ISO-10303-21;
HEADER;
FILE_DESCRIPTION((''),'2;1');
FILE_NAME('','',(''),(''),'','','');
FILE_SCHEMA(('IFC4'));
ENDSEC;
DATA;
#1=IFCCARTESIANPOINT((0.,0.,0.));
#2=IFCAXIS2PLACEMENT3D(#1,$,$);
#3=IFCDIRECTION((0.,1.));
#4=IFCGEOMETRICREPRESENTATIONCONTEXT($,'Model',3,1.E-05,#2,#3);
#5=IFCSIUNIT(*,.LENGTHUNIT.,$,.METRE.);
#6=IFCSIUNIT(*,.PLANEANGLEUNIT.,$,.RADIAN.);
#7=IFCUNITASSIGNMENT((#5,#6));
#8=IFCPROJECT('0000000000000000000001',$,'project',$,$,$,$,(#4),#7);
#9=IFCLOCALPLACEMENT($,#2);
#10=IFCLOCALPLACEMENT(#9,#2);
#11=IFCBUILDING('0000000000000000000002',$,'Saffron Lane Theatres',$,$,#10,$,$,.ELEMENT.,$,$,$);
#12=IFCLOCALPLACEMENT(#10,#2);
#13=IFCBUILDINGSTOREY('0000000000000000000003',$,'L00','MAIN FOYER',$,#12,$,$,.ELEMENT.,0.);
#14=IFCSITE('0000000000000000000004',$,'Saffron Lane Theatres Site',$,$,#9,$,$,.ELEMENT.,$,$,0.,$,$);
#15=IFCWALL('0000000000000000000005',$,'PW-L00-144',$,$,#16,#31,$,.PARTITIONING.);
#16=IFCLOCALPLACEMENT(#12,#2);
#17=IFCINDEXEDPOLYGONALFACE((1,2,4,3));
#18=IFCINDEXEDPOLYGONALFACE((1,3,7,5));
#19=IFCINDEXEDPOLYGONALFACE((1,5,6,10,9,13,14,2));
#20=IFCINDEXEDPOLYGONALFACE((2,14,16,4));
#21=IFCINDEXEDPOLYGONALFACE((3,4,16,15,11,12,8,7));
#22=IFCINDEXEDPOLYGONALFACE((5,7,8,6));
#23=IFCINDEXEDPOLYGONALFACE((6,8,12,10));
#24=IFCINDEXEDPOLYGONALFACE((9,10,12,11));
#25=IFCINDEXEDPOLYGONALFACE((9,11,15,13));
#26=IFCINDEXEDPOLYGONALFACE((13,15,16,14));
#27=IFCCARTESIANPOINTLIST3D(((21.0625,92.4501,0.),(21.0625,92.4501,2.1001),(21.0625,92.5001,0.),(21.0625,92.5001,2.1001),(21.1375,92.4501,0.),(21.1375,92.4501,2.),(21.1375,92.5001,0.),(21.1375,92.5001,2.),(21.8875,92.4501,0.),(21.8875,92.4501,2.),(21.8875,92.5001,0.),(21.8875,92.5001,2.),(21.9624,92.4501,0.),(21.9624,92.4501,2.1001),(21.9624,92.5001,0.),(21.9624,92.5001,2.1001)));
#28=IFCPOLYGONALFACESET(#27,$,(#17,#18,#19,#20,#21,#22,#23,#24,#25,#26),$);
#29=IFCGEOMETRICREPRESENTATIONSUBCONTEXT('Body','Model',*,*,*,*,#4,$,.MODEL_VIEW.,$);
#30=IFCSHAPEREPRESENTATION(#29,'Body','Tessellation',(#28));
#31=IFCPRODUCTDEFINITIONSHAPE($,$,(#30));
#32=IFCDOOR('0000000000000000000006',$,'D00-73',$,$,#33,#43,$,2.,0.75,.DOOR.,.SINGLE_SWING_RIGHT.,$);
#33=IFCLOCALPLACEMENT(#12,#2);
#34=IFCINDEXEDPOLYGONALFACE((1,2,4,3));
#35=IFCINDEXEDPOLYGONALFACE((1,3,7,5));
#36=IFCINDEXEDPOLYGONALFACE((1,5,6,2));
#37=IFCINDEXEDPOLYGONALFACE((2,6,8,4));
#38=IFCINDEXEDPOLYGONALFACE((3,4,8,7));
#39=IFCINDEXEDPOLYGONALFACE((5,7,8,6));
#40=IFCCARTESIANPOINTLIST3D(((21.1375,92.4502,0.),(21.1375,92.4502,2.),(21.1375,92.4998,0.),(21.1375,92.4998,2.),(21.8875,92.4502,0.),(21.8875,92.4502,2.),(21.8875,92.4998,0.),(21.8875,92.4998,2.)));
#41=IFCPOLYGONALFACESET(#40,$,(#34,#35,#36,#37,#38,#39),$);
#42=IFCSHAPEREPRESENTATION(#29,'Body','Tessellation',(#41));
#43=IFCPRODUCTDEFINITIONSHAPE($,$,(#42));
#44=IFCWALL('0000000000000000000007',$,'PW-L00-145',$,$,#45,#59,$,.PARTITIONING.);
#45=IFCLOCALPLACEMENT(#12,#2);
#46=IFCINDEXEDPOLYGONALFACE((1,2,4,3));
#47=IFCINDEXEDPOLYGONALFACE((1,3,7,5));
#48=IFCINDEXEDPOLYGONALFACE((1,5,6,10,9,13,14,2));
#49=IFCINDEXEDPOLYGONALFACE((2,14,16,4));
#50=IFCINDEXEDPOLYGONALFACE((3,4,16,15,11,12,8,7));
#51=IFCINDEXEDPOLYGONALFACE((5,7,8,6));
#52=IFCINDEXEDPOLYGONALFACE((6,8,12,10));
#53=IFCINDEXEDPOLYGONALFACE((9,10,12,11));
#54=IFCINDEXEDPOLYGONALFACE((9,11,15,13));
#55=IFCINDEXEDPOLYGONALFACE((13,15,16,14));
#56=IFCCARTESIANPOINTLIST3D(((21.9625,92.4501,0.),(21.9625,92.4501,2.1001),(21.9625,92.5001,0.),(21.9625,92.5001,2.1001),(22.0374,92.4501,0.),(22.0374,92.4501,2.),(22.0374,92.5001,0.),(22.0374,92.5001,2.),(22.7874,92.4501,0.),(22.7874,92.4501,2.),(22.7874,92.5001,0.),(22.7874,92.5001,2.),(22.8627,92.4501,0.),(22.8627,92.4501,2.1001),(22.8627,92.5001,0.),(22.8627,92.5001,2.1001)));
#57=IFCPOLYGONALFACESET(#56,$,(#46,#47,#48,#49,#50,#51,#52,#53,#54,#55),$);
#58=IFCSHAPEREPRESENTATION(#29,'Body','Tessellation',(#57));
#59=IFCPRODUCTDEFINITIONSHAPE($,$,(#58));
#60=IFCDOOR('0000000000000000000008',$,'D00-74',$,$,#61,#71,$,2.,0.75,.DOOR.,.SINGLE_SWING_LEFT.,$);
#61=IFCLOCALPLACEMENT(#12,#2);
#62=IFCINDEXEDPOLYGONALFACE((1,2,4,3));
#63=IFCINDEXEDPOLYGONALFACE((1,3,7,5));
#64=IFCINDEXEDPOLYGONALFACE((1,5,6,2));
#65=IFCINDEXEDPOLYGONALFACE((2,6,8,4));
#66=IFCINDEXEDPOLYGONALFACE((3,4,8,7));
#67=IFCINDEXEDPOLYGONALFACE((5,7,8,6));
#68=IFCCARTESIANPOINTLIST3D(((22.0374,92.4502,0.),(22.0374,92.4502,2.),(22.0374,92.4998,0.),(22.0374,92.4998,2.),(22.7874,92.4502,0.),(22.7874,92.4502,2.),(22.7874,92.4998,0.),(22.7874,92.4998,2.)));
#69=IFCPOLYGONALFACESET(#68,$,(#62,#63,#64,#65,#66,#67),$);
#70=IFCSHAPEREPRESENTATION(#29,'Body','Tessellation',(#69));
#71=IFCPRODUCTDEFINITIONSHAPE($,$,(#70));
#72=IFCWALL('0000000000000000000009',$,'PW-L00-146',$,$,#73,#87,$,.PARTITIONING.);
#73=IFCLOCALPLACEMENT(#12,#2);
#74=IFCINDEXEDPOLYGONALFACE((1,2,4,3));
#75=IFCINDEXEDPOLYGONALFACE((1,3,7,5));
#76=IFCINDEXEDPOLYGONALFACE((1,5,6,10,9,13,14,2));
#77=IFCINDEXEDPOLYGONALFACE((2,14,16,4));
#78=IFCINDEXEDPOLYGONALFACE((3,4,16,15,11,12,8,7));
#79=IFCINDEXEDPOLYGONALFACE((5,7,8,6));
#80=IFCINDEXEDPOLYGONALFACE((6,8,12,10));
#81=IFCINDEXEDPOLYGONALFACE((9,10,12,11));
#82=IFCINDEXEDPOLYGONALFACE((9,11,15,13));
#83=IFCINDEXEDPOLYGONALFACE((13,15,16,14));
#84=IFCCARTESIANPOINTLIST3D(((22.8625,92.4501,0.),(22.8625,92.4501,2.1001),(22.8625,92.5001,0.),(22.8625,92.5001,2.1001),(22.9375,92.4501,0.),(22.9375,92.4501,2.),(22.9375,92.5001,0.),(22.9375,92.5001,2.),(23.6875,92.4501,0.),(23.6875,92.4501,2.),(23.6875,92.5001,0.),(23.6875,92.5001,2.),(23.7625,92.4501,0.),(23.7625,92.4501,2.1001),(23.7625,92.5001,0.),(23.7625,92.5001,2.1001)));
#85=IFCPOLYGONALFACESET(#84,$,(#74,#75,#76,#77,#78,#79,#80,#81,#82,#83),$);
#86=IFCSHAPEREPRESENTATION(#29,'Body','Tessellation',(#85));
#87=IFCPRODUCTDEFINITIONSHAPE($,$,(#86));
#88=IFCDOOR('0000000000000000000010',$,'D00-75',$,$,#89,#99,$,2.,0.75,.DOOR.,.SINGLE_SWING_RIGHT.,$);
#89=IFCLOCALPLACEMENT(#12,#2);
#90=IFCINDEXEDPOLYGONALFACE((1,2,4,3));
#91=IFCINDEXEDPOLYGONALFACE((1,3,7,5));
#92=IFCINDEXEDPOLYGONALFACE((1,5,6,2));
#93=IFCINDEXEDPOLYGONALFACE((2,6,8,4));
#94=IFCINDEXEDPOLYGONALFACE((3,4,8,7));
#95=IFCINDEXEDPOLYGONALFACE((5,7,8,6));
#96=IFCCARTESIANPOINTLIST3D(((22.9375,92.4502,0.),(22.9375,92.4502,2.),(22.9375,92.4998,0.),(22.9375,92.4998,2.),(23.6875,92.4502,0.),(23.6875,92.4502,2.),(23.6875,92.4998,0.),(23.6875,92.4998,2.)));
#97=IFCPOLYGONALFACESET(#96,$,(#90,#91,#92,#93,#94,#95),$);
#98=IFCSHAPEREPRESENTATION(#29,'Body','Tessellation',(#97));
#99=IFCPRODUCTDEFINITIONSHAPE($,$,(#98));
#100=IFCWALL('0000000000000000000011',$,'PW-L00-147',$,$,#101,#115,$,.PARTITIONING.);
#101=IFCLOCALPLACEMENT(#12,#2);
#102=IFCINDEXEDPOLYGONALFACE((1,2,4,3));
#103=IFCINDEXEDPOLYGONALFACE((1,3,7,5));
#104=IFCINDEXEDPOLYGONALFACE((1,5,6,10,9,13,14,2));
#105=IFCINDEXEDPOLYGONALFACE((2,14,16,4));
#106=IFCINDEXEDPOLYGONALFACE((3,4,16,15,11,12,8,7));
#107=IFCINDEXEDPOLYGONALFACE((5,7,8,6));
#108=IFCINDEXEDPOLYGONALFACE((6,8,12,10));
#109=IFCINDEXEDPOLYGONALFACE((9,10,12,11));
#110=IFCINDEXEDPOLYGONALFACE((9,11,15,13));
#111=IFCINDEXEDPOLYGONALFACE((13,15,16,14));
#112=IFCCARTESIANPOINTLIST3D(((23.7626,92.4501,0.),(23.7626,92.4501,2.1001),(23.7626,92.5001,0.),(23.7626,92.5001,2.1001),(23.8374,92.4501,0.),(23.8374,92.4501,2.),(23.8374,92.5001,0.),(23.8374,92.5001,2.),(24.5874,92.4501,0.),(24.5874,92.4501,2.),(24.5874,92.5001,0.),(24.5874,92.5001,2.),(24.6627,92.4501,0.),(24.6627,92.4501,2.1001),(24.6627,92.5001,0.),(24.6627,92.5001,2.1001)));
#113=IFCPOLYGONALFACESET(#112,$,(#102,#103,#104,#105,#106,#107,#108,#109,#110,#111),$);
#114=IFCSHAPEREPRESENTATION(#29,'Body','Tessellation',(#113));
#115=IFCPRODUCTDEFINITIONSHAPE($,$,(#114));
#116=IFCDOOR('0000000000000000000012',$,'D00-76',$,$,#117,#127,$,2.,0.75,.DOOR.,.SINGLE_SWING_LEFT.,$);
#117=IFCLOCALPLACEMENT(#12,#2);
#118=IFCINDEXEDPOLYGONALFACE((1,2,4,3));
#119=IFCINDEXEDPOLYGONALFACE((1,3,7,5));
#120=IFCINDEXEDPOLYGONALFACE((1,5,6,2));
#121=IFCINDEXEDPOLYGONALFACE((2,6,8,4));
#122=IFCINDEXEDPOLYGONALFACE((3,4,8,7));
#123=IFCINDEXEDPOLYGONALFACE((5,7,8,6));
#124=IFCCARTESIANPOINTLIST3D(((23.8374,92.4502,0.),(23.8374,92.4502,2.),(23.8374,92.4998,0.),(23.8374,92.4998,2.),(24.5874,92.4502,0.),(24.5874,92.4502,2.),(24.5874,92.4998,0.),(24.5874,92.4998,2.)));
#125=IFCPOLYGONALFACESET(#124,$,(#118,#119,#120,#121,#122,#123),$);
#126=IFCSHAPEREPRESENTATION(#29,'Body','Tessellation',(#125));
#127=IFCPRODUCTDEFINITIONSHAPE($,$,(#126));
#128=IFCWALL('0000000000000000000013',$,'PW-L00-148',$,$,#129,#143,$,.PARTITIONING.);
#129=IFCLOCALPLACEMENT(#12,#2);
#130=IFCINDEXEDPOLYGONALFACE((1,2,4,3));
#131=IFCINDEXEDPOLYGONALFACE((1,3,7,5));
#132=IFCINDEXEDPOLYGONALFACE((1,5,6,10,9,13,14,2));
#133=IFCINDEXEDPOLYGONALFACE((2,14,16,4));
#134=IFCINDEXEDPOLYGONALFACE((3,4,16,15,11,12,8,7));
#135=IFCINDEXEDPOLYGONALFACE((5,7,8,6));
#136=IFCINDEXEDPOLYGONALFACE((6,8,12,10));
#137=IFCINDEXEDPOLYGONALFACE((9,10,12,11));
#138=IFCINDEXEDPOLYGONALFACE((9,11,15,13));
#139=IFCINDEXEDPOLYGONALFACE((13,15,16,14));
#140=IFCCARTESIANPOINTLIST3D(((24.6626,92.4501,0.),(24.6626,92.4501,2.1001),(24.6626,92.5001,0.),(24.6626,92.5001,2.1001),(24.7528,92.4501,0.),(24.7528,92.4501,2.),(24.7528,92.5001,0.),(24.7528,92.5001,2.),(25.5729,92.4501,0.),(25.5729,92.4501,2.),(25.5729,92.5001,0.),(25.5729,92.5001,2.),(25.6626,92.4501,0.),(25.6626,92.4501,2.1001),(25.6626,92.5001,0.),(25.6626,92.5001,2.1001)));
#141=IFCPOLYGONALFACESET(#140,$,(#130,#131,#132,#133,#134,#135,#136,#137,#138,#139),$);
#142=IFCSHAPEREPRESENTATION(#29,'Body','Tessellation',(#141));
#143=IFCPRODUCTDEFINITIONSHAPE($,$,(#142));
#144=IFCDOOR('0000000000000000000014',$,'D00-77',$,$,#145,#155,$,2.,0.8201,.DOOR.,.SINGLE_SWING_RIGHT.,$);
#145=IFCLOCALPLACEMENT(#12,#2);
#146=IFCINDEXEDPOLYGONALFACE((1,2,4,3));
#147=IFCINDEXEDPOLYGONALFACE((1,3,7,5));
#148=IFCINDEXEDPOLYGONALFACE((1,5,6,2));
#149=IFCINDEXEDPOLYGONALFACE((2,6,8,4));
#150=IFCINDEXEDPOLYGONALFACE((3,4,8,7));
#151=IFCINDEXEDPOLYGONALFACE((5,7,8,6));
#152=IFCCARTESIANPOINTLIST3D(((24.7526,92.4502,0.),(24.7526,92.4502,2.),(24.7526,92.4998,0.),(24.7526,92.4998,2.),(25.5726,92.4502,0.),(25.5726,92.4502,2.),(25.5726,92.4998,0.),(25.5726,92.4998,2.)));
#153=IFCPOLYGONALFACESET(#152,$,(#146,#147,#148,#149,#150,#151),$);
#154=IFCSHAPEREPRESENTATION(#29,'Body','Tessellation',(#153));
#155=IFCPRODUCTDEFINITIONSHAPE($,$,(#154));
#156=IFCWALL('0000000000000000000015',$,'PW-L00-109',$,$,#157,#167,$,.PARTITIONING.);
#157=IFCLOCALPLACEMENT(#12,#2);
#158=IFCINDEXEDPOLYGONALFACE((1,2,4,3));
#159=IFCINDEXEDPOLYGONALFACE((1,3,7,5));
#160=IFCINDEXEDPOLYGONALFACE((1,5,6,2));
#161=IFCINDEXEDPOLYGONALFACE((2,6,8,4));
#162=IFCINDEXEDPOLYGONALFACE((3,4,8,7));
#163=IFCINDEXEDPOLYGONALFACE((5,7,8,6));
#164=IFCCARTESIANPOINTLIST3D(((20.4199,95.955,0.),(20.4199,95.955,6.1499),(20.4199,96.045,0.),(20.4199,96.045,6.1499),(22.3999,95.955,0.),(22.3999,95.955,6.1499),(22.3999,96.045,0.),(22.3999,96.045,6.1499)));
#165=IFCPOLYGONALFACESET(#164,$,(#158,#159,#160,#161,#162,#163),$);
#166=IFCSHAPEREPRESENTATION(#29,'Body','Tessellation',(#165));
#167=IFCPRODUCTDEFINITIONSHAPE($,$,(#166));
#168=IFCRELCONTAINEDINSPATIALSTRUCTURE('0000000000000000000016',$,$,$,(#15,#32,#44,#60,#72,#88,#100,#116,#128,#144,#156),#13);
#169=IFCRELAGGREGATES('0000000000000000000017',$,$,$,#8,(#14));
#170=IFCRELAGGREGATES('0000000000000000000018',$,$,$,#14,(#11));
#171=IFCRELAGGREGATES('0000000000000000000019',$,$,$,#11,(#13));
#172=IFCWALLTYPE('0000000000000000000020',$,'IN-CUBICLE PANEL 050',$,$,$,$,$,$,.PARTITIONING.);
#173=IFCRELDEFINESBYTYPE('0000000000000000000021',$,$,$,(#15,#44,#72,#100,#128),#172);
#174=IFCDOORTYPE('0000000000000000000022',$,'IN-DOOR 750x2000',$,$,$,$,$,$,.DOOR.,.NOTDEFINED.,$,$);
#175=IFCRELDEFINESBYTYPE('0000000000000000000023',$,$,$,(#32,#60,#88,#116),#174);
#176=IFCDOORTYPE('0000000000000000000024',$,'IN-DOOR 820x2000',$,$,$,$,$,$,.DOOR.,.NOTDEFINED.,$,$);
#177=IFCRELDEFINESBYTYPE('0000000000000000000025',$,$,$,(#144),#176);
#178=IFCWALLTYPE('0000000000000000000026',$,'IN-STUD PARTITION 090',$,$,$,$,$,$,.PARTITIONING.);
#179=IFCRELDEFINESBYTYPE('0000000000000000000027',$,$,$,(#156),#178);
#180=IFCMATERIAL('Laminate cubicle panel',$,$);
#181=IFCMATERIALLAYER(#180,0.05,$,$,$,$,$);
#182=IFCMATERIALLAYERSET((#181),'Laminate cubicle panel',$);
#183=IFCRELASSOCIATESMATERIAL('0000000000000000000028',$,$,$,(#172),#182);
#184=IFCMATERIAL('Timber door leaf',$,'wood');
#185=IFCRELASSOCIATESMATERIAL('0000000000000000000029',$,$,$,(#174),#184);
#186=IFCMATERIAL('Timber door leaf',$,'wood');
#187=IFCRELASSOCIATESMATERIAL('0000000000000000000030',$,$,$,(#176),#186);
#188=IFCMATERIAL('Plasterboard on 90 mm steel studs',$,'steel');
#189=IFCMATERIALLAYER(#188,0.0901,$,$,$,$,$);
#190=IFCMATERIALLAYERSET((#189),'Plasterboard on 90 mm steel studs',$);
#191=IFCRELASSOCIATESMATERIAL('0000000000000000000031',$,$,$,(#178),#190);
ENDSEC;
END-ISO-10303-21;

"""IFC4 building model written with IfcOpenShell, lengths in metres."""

from ifc_helpers import new_model, si_unit, direction, frame, frame_2d, origin, place, context, subcontext, project, spatial, rectangle, extrude, material, layer, layer_set, type_object, element, fill, save


model = new_model("IFC4")

# Units and contexts
model_context = context("Model", 3, precision=1e-05, world=origin(), true_north=direction((0.0, 1.0)))
body_context = subcontext(model_context, "Body", "Model", "MODEL_VIEW")
ifc_project = project(units=[si_unit("LENGTHUNIT", "METRE"), si_unit("PLANEANGLEUNIT", "RADIAN")], contexts=[model_context])

# Site, building, storey
site_placement = place(None, origin())
site = spatial("IfcSite", under=ifc_project, at=site_placement, Name="Saffron Lane Theatres Site", CompositionType="ELEMENT", RefElevation=0.0)
building_placement = place(site_placement, origin())
building = spatial("IfcBuilding", under=site, at=building_placement, Name="Saffron Lane Theatres", CompositionType="ELEMENT")
storey_placement = place(building_placement, origin())
storey = spatial("IfcBuildingStorey", under=building, at=storey_placement, Name="L00", Description="MAIN FOYER", CompositionType="ELEMENT", Elevation=0.0)

# Shared definitions
ifc_material_1 = material(Name="Laminate cubicle panel")
ifc_layer_1 = layer(ifc_material_1, 0.05)
ifc_layer_set_1 = layer_set([ifc_layer_1], Name="Laminate cubicle panel")
wall_type_1 = type_object("IfcWallType", Name="IN-CUBICLE PANEL 050", PredefinedType="PARTITIONING", material=ifc_layer_set_1)

# Walls, openings, doors
ifc_material_2 = material(Name="Timber door leaf", Category="wood")
door_type_1 = type_object("IfcDoorType", Name="IN-DOOR 750x2000", OperationType="NOTDEFINED", PredefinedType="DOOR", material=ifc_material_2)
wall_1_placement = place(storey_placement, frame((21.0625, 92.4751, 0.0), z_axis=(0.0, 0.0, 1.0), x_axis=(1.0, 0.0, 0.0)))
wall_1 = element("IfcWall", 1, at=wall_1_placement, inside=storey, type_object=wall_type_1, Name="PW-L00-144", PredefinedType="PARTITIONING", context=body_context, shape_type="SweptSolid", body=[
    extrude(rectangle(XDim=0.8999, YDim=0.05, at=frame_2d((0.45, 0.0))), origin(), (0.0, 0.0, 1.0), 2.1001),
])
opening_1_placement = place(wall_1_placement, frame((0.075, 0.0, 0.0)))
opening_1 = element("IfcOpeningElement", 2, at=opening_1_placement, cuts=wall_1, PredefinedType="OPENING", context=body_context, shape_type="SweptSolid", body=[
    extrude(rectangle(XDim=0.75, YDim=2.0, at=frame_2d((0.375, 1.0))), frame((0.0, 0.0352, 0.0), z_axis=(0.0, -1.0, 0.0), x_axis=(1.0, 0.0, 0.0)), (0.0, 0.0, 1.0), 0.0701),
])
door_1_placement = place(opening_1_placement, frame((0.75, 0.0, 0.0), z_axis=(0.0, 0.0, 1.0), x_axis=(-1.0, 0.0, 0.0)))
door_1 = element("IfcDoor", 3, at=door_1_placement, inside=storey, type_object=door_type_1, Name="D00-73", OperationType="SINGLE_SWING_RIGHT", OverallHeight=2.0, OverallWidth=0.75, PredefinedType="DOOR", context=body_context, shape_type="SweptSolid", body=[
    extrude(rectangle(XDim=0.75, YDim=2.0, at=frame_2d((0.375, 1.0))), frame((0.0, 0.0249, 0.0), z_axis=(0.0, -1.0, 0.0), x_axis=(1.0, 0.0, 0.0)), (0.0, 0.0, 1.0), 0.0496),
])
fill(opening_1, door_1)
wall_2_placement = place(storey_placement, frame((21.9624, 92.4751, 0.0), z_axis=(0.0, 0.0, 1.0), x_axis=(1.0, 0.0, 0.0)))
wall_2 = element("IfcWall", 4, at=wall_2_placement, inside=storey, type_object=wall_type_1, Name="PW-L00-145", PredefinedType="PARTITIONING", context=body_context, shape_type="SweptSolid", body=[
    extrude(rectangle(XDim=0.9001, YDim=0.05, at=frame_2d((0.4502, 0.0))), origin(), (0.0, 0.0, 1.0), 2.1001),
])
opening_2_placement = place(wall_2_placement, frame((0.075, 0.0, 0.0)))
opening_2 = element("IfcOpeningElement", 5, at=opening_2_placement, cuts=wall_2, PredefinedType="OPENING", context=body_context, shape_type="SweptSolid", body=[
    extrude(rectangle(XDim=0.75, YDim=2.0, at=frame_2d((0.375, 1.0))), frame((0.0, 0.0352, 0.0), z_axis=(0.0, -1.0, 0.0), x_axis=(1.0, 0.0, 0.0)), (0.0, 0.0, 1.0), 0.0701),
])
door_2_placement = place(opening_2_placement, frame((0.75, 0.0, 0.0), z_axis=(0.0, 0.0, 1.0), x_axis=(-1.0, 0.0, 0.0)))
door_2 = element("IfcDoor", 6, at=door_2_placement, inside=storey, type_object=door_type_1, Name="D00-74", OperationType="SINGLE_SWING_LEFT", OverallHeight=2.0, OverallWidth=0.75, PredefinedType="DOOR", context=body_context, shape_type="SweptSolid", body=[
    extrude(rectangle(XDim=0.75, YDim=2.0, at=frame_2d((0.375, 1.0))), frame((0.0, 0.0249, 0.0), z_axis=(0.0, -1.0, 0.0), x_axis=(1.0, 0.0, 0.0)), (0.0, 0.0, 1.0), 0.0496),
])
fill(opening_2, door_2)
wall_3_placement = place(storey_placement, frame((22.8625, 92.4751, 0.0), z_axis=(0.0, 0.0, 1.0), x_axis=(1.0, 0.0, 0.0)))
wall_3 = element("IfcWall", 7, at=wall_3_placement, inside=storey, type_object=wall_type_1, Name="PW-L00-146", PredefinedType="PARTITIONING", context=body_context, shape_type="SweptSolid", body=[
    extrude(rectangle(XDim=0.8999, YDim=0.05, at=frame_2d((0.45, 0.0))), origin(), (0.0, 0.0, 1.0), 2.1001),
])
opening_3_placement = place(wall_3_placement, frame((0.075, 0.0, 0.0)))
opening_3 = element("IfcOpeningElement", 8, at=opening_3_placement, cuts=wall_3, PredefinedType="OPENING", context=body_context, shape_type="SweptSolid", body=[
    extrude(rectangle(XDim=0.75, YDim=2.0, at=frame_2d((0.375, 1.0))), frame((0.0, 0.0352, 0.0), z_axis=(0.0, -1.0, 0.0), x_axis=(1.0, 0.0, 0.0)), (0.0, 0.0, 1.0), 0.0701),
])
door_3_placement = place(opening_3_placement, frame((0.75, 0.0, 0.0), z_axis=(0.0, 0.0, 1.0), x_axis=(-1.0, 0.0, 0.0)))
door_3 = element("IfcDoor", 9, at=door_3_placement, inside=storey, type_object=door_type_1, Name="D00-75", OperationType="SINGLE_SWING_RIGHT", OverallHeight=2.0, OverallWidth=0.75, PredefinedType="DOOR", context=body_context, shape_type="SweptSolid", body=[
    extrude(rectangle(XDim=0.75, YDim=2.0, at=frame_2d((0.375, 1.0))), frame((0.0, 0.0249, 0.0), z_axis=(0.0, -1.0, 0.0), x_axis=(1.0, 0.0, 0.0)), (0.0, 0.0, 1.0), 0.0496),
])
fill(opening_3, door_3)
wall_4_placement = place(storey_placement, frame((23.7625, 92.4751, 0.0), z_axis=(0.0, 0.0, 1.0), x_axis=(1.0, 0.0, 0.0)))
wall_4 = element("IfcWall", 10, at=wall_4_placement, inside=storey, type_object=wall_type_1, Name="PW-L00-147", PredefinedType="PARTITIONING", context=body_context, shape_type="SweptSolid", body=[
    extrude(rectangle(XDim=0.9001, YDim=0.05, at=frame_2d((0.4502, 0.0))), origin(), (0.0, 0.0, 1.0), 2.1001),
])
opening_4_placement = place(wall_4_placement, frame((0.075, 0.0, 0.0)))
opening_4 = element("IfcOpeningElement", 11, at=opening_4_placement, cuts=wall_4, PredefinedType="OPENING", context=body_context, shape_type="SweptSolid", body=[
    extrude(rectangle(XDim=0.75, YDim=2.0, at=frame_2d((0.375, 1.0))), frame((0.0, 0.0352, 0.0), z_axis=(0.0, -1.0, 0.0), x_axis=(1.0, 0.0, 0.0)), (0.0, 0.0, 1.0), 0.0701),
])
door_4_placement = place(opening_4_placement, frame((0.75, 0.0, 0.0), z_axis=(0.0, 0.0, 1.0), x_axis=(-1.0, 0.0, 0.0)))
door_4 = element("IfcDoor", 12, at=door_4_placement, inside=storey, type_object=door_type_1, Name="D00-76", OperationType="SINGLE_SWING_LEFT", OverallHeight=2.0, OverallWidth=0.75, PredefinedType="DOOR", context=body_context, shape_type="SweptSolid", body=[
    extrude(rectangle(XDim=0.75, YDim=2.0, at=frame_2d((0.375, 1.0))), frame((0.0, 0.0249, 0.0), z_axis=(0.0, -1.0, 0.0), x_axis=(1.0, 0.0, 0.0)), (0.0, 0.0, 1.0), 0.0496),
])
fill(opening_4, door_4)
wall_5_placement = place(storey_placement, frame((24.6626, 92.4751, 0.0), z_axis=(0.0, 0.0, 1.0), x_axis=(1.0, 0.0, 0.0)))
wall_5 = element("IfcWall", 13, at=wall_5_placement, inside=storey, type_object=wall_type_1, Name="PW-L00-148", PredefinedType="PARTITIONING", context=body_context, shape_type="SweptSolid", body=[
    extrude(rectangle(XDim=1.0, YDim=0.05, at=frame_2d((0.5, 0.0))), origin(), (0.0, 0.0, 1.0), 2.1001),
])
opening_5_placement = place(wall_5_placement, frame((0.0901, 0.0, 0.0)))
opening_5 = element("IfcOpeningElement", 14, at=opening_5_placement, cuts=wall_5, PredefinedType="OPENING", context=body_context, shape_type="SweptSolid", body=[
    extrude(rectangle(XDim=0.8201, YDim=2.0, at=frame_2d((0.4102, 1.0))), frame((0.0, 0.0352, 0.0), z_axis=(0.0, -1.0, 0.0), x_axis=(1.0, 0.0, 0.0)), (0.0, 0.0, 1.0), 0.0701),
])
ifc_material_3 = material(Name="Timber door leaf", Category="wood")
door_type_2 = type_object("IfcDoorType", Name="IN-DOOR 820x2000", OperationType="NOTDEFINED", PredefinedType="DOOR", material=ifc_material_3)
door_5_placement = place(opening_5_placement, frame((0.8201, 0.0, 0.0), z_axis=(0.0, 0.0, 1.0), x_axis=(-1.0, 0.0, 0.0)))
door_5 = element("IfcDoor", 15, at=door_5_placement, inside=storey, type_object=door_type_2, Name="D00-77", OperationType="SINGLE_SWING_RIGHT", OverallHeight=2.0, OverallWidth=0.8201, PredefinedType="DOOR", context=body_context, shape_type="SweptSolid", body=[
    extrude(rectangle(XDim=0.8201, YDim=2.0, at=frame_2d((0.4102, 1.0))), frame((0.0, 0.0249, 0.0), z_axis=(0.0, -1.0, 0.0), x_axis=(1.0, 0.0, 0.0)), (0.0, 0.0, 1.0), 0.0496),
])
fill(opening_5, door_5)

# Wall
ifc_material_4 = material(Name="Plasterboard on 90 mm steel studs", Category="steel")
ifc_layer_2 = layer(ifc_material_4, 0.0901)
ifc_layer_set_2 = layer_set([ifc_layer_2], Name="Plasterboard on 90 mm steel studs")
wall_type_2 = type_object("IfcWallType", Name="IN-STUD PARTITION 090", PredefinedType="PARTITIONING", material=ifc_layer_set_2)
wall_6_placement = place(storey_placement, frame((20.4199, 96.0, 0.0), z_axis=(0.0, 0.0, 1.0), x_axis=(1.0, 0.0, 0.0)))
element("IfcWall", 16, at=wall_6_placement, inside=storey, type_object=wall_type_2, Name="PW-L00-109", PredefinedType="PARTITIONING", context=body_context, shape_type="SweptSolid", body=[
    extrude(rectangle(XDim=1.98, YDim=0.0901, at=frame_2d((0.99, 0.0))), origin(), (0.0, 0.0, 1.0), 6.1499),
])

save(model, "model.ifc")
